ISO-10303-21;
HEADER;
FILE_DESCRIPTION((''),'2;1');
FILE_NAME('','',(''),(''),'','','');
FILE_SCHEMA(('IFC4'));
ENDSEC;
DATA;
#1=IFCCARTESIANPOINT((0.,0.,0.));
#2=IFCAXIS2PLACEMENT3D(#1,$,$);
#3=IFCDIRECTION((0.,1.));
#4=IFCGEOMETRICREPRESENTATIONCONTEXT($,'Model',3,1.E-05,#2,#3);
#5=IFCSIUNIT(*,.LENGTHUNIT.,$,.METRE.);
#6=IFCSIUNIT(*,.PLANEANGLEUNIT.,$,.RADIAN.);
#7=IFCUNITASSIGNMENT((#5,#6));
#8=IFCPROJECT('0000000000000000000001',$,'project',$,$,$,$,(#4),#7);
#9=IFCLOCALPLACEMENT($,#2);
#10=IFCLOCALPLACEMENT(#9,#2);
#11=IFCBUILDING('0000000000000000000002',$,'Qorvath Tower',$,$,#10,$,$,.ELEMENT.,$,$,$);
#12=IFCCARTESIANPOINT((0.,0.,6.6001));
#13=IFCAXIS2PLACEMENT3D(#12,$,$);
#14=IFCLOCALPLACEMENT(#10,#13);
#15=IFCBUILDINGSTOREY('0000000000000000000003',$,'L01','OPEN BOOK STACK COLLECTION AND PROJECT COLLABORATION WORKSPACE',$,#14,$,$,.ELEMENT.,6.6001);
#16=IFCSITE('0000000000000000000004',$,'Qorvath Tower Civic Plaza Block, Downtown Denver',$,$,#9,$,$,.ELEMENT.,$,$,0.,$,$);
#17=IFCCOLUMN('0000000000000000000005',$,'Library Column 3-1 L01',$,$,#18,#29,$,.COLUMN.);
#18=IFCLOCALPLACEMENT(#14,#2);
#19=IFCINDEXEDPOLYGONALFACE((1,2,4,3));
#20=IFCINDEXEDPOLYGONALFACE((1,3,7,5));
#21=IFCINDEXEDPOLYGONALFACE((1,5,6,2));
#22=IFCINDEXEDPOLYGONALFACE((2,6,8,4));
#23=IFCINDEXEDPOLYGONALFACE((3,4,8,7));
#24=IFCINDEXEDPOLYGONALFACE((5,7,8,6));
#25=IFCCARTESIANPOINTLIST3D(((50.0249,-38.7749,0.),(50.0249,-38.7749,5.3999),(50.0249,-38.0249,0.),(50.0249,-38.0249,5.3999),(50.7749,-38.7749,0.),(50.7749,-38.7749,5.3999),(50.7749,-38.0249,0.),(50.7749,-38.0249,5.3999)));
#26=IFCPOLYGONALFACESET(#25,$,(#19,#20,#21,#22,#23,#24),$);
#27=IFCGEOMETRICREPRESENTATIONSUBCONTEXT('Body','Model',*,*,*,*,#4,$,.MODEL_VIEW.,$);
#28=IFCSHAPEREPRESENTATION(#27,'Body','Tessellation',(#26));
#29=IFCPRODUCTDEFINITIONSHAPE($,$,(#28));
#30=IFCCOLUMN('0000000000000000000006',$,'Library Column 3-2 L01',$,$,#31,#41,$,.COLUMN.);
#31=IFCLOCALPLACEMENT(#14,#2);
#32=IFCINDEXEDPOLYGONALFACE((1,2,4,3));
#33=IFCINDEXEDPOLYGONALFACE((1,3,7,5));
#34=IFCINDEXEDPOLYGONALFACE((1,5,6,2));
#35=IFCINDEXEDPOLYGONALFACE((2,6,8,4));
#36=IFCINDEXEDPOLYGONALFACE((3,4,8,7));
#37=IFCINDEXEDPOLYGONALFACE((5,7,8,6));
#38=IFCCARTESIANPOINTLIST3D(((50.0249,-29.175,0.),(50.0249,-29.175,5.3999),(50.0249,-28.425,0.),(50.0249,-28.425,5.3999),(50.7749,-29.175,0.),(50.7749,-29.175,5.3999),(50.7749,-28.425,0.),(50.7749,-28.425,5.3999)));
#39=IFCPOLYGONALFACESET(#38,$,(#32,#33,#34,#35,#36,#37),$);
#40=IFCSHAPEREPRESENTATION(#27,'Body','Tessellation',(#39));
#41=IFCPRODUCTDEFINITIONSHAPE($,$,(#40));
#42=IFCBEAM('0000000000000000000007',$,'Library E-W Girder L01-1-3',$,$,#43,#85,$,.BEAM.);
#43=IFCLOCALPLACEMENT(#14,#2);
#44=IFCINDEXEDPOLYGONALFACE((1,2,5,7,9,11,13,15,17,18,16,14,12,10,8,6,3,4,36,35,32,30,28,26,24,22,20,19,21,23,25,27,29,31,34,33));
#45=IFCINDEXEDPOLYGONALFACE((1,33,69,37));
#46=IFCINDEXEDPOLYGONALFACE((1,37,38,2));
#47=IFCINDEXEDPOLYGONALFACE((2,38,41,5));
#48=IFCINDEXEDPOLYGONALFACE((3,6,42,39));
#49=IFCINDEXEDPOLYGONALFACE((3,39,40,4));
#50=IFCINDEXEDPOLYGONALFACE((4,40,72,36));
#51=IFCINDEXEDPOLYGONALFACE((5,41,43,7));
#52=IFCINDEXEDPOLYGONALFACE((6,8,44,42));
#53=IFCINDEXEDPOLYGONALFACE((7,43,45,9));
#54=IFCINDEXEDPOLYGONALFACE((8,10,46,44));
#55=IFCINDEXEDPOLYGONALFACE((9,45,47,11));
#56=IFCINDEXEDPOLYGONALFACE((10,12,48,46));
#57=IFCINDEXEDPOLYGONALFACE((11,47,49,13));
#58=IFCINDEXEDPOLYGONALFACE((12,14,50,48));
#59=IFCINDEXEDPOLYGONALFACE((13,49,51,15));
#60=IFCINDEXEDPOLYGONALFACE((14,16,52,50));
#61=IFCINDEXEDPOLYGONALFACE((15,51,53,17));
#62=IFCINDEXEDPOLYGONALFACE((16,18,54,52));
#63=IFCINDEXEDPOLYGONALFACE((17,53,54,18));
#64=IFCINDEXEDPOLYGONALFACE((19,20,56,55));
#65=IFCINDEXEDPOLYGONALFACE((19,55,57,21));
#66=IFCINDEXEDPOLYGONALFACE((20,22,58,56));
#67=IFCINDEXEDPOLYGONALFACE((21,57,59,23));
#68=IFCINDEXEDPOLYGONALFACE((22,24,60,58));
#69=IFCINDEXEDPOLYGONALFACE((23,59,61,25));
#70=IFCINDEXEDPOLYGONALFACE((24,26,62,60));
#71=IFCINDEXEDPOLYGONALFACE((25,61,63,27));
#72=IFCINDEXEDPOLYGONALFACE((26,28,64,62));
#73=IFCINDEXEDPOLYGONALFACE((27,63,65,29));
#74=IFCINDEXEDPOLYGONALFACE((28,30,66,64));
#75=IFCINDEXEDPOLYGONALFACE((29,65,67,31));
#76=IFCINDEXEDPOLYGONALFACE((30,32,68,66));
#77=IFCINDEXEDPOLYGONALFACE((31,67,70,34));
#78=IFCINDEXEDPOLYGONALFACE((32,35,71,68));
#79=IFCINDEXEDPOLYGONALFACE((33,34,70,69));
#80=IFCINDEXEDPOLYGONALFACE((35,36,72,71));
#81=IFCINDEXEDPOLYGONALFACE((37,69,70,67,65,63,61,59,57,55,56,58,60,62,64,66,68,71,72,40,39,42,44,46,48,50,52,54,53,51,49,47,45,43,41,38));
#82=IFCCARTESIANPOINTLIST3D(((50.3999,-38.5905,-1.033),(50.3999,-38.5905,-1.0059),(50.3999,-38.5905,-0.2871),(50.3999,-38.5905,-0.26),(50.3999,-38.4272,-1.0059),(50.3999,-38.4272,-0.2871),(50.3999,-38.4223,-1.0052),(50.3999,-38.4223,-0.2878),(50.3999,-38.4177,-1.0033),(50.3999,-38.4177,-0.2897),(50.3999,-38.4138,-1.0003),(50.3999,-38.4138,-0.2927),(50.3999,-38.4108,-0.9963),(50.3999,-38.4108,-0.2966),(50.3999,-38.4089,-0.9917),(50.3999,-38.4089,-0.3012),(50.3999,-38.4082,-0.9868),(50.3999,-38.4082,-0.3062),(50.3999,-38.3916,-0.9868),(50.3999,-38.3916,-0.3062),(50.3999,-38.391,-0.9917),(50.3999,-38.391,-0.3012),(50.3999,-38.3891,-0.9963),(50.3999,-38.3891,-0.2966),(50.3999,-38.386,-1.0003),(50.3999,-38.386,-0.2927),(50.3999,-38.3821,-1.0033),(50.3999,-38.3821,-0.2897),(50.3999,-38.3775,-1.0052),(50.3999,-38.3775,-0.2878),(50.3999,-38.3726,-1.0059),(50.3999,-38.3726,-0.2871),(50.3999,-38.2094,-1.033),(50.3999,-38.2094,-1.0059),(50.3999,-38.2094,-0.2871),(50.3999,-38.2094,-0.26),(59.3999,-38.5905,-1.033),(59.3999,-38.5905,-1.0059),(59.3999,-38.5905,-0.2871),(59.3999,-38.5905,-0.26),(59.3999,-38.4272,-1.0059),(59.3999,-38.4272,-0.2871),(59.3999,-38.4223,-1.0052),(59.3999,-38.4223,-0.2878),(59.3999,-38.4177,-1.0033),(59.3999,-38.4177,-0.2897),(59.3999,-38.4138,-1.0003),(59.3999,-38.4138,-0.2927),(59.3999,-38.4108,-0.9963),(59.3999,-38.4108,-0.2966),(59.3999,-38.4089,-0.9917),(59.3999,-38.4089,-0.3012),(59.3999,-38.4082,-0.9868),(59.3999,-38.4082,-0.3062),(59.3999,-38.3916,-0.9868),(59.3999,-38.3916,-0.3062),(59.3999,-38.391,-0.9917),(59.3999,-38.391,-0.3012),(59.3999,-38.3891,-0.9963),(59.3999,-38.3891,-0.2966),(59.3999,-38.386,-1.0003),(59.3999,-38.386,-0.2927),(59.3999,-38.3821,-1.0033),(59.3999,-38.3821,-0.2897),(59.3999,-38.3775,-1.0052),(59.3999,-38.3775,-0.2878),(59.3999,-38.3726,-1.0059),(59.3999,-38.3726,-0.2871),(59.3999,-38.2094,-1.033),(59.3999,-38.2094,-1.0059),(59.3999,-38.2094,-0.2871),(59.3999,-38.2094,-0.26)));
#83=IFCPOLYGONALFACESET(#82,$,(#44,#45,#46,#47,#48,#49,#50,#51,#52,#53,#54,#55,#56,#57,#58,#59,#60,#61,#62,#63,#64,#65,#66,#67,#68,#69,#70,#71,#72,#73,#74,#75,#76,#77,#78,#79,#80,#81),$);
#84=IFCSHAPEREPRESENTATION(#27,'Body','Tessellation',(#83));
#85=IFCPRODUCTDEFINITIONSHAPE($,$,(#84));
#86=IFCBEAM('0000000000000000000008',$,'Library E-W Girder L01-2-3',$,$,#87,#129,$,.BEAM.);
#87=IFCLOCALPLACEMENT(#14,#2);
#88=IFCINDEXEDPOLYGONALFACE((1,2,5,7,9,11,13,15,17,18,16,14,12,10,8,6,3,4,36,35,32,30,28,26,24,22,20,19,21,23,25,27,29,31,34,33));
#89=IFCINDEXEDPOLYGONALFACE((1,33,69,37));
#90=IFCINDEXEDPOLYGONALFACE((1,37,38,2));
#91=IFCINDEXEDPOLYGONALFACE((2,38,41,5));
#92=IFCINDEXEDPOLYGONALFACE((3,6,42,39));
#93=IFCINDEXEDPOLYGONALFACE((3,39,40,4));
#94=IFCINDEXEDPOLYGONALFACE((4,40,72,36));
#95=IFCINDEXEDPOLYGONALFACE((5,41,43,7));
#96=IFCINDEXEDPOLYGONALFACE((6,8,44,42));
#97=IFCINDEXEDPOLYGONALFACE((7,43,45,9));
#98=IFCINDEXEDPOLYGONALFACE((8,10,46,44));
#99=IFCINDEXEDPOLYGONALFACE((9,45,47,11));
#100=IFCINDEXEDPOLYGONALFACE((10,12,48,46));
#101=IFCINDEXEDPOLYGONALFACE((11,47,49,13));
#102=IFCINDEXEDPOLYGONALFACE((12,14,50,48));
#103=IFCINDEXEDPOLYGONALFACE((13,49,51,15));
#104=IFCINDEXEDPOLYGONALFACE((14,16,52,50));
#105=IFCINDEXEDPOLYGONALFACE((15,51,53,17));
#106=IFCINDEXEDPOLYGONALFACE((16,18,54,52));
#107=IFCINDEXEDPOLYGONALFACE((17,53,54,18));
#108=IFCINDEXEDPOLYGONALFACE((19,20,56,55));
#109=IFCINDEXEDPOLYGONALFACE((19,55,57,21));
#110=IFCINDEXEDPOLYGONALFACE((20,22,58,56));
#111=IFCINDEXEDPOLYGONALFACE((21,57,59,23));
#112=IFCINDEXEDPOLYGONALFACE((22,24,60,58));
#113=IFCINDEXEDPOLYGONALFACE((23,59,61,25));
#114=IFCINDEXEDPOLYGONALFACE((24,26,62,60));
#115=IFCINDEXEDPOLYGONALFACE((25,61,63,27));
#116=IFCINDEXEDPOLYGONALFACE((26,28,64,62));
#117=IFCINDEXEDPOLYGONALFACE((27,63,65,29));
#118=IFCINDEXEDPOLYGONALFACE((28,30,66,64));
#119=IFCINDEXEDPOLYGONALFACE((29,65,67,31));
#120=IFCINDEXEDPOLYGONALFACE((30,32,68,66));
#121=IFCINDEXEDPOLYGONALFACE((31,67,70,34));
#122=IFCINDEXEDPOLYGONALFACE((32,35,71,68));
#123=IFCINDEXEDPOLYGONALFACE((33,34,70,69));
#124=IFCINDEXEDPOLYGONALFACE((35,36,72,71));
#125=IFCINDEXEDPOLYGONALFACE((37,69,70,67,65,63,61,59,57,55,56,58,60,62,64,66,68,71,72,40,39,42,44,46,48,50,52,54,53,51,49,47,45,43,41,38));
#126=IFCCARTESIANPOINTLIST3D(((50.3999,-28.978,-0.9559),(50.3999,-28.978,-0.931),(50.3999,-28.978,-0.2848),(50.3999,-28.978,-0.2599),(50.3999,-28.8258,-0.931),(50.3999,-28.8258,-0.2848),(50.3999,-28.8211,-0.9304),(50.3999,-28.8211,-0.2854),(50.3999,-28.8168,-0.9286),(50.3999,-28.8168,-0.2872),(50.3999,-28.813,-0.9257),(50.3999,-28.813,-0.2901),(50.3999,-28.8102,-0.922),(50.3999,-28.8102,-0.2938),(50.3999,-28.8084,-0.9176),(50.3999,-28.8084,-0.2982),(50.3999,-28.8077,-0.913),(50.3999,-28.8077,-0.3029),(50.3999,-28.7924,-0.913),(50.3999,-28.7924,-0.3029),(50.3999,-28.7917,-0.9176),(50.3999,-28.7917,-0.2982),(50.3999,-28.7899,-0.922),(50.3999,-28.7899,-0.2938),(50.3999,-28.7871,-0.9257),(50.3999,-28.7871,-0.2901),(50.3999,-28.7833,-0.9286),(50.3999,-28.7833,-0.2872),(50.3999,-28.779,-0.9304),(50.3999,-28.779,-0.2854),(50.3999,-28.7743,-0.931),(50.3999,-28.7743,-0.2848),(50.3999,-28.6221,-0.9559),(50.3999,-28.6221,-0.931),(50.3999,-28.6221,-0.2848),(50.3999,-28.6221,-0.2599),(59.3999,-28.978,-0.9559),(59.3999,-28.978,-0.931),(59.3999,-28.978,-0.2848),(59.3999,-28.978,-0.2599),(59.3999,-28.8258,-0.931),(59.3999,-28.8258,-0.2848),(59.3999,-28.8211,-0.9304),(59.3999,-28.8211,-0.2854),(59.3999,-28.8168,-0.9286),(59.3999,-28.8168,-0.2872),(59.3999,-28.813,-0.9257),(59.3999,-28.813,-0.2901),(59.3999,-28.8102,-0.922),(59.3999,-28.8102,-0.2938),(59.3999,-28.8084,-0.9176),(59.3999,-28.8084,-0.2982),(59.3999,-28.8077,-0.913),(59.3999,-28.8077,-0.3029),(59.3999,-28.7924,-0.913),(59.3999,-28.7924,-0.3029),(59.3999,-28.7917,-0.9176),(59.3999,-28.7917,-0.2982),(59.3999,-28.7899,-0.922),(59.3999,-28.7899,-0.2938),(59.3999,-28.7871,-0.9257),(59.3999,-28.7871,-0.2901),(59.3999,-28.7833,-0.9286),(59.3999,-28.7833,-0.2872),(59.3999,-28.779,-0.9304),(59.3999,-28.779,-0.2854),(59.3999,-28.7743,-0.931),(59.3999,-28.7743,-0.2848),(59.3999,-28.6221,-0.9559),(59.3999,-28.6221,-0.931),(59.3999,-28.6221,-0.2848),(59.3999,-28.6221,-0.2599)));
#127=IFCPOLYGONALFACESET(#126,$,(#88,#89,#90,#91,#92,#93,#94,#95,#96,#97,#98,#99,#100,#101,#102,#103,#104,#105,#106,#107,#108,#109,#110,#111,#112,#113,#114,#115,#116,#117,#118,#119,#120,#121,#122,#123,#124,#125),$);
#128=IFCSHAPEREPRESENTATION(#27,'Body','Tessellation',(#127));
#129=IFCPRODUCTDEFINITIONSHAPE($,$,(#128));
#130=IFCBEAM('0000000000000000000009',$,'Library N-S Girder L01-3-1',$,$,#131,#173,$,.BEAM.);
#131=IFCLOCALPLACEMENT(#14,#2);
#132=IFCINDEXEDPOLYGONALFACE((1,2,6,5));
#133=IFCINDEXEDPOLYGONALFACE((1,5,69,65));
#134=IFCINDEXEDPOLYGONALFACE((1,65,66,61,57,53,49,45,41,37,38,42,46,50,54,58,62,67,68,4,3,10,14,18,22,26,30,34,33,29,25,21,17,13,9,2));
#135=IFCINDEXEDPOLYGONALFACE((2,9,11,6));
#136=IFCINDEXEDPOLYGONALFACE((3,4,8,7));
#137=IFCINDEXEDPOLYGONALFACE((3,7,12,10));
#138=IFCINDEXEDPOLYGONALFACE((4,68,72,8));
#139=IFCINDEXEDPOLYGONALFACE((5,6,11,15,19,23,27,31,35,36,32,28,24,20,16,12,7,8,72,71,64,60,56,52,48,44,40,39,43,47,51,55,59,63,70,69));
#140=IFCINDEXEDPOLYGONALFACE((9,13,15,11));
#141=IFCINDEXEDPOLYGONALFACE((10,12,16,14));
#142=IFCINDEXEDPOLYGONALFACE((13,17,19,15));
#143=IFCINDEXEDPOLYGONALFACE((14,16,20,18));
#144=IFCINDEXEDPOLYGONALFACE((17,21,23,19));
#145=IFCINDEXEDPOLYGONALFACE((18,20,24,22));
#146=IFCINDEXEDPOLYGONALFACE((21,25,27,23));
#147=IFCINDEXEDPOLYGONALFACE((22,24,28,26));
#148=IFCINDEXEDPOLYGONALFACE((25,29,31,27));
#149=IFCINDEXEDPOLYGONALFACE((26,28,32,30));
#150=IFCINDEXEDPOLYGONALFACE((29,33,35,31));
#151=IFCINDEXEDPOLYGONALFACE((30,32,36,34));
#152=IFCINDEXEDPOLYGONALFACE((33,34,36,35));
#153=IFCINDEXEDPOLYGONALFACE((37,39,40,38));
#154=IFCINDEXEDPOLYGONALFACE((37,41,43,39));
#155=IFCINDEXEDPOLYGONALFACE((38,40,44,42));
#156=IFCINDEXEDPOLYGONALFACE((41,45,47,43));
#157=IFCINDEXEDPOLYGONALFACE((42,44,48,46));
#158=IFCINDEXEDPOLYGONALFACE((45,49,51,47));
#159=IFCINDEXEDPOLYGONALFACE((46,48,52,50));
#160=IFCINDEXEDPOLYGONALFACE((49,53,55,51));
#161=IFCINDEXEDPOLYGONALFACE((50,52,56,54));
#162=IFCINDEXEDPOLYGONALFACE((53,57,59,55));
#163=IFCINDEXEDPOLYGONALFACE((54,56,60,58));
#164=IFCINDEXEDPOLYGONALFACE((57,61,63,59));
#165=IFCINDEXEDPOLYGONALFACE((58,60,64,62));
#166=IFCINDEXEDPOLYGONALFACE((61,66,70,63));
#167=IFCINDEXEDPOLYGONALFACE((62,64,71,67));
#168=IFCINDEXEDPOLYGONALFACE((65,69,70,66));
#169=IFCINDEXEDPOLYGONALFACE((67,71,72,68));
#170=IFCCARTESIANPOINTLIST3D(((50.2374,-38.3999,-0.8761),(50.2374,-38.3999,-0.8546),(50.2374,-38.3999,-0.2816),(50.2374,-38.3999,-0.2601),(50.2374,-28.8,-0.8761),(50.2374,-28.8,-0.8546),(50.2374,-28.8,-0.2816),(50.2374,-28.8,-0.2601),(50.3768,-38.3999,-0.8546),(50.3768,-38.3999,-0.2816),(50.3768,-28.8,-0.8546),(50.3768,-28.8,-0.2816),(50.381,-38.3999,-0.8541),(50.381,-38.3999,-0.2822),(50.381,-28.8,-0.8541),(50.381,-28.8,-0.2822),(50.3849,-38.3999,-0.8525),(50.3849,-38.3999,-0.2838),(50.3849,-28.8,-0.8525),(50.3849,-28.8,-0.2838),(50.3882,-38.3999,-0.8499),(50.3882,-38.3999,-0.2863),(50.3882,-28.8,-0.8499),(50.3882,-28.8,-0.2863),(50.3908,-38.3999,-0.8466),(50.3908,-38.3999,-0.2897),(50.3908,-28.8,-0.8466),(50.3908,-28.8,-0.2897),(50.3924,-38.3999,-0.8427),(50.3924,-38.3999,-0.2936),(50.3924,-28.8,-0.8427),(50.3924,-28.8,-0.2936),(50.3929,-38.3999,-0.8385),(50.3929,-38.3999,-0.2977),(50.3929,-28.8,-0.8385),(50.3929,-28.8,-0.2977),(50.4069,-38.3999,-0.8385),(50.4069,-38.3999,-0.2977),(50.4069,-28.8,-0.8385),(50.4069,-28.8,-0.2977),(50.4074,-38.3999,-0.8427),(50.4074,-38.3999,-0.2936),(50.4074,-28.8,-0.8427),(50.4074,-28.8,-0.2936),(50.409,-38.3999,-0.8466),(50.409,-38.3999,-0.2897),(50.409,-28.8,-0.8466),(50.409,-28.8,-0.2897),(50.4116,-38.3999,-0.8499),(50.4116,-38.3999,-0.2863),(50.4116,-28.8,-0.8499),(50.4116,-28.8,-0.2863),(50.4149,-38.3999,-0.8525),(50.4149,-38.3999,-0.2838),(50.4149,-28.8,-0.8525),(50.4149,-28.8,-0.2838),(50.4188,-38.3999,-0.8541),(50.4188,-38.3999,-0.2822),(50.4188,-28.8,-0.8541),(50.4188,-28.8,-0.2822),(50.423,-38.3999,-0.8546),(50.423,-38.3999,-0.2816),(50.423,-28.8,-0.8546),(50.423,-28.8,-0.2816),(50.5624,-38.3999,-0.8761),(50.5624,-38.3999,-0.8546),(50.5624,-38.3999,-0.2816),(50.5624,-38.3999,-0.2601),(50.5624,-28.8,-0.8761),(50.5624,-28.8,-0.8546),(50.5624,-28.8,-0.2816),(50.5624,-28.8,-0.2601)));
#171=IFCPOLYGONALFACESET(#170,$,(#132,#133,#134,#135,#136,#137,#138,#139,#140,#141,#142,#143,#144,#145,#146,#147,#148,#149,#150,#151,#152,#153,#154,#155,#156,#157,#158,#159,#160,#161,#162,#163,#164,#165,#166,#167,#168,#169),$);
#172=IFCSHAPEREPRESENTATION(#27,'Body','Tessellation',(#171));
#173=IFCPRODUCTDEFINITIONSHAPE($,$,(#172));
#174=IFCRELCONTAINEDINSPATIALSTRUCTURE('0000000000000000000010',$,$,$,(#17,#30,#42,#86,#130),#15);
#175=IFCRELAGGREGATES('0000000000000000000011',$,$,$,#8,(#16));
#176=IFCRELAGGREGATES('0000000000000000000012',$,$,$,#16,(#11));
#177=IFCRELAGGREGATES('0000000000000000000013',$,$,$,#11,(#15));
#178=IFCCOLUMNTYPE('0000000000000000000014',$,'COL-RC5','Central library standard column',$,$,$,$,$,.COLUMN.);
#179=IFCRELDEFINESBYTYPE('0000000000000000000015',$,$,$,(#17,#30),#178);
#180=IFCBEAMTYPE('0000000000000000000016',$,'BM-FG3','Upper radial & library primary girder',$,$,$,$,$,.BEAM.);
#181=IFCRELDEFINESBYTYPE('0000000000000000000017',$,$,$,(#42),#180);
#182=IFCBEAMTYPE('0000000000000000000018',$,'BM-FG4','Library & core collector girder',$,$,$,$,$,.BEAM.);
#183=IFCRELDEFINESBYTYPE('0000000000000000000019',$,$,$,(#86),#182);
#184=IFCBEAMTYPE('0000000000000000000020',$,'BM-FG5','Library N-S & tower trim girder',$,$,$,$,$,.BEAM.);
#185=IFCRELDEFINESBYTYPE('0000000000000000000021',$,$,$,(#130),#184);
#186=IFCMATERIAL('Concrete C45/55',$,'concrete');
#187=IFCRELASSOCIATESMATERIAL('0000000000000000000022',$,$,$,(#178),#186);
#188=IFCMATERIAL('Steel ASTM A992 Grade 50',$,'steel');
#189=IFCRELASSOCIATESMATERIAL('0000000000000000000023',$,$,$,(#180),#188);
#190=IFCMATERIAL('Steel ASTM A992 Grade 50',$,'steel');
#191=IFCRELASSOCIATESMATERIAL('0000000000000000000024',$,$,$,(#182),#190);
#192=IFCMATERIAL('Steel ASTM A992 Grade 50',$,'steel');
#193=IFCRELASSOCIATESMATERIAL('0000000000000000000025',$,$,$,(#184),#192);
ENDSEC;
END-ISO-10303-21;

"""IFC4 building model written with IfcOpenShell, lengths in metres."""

from ifc_helpers import new_model, si_unit, direction, frame, origin, origin_2d, place, context, subcontext, project, spatial, rectangle, i_section, extrude, material, material_profile, profile_set, type_object, element, save


model = new_model("IFC4")

# Units and contexts
model_context = context("Model", 3, precision=1e-05, world=origin(), true_north=direction((0.0, 1.0)))
body_context = subcontext(model_context, "Body", "Model", "MODEL_VIEW")
ifc_project = project(units=[si_unit("LENGTHUNIT", "METRE"), si_unit("PLANEANGLEUNIT", "RADIAN")], contexts=[model_context])

# Site, building, storey
site_placement = place(None, origin())
site = spatial("IfcSite", under=ifc_project, at=site_placement, Name="Qorvath Tower Civic Plaza Block, Downtown Denver", CompositionType="ELEMENT", RefElevation=0.0)
building_placement = place(site_placement, origin())
building = spatial("IfcBuilding", under=site, at=building_placement, Name="Qorvath Tower", CompositionType="ELEMENT")
storey_placement = place(building_placement, frame((0.0, 0.0, 6.6001)))
storey = spatial("IfcBuildingStorey", under=building, at=storey_placement, Name="L01", Description="OPEN BOOK STACK COLLECTION AND PROJECT COLLABORATION WORKSPACE", CompositionType="ELEMENT", Elevation=6.6001)

# Columns
ifc_material_1 = material(Name="Concrete C45/55", Category="concrete")
ifc_material_profile_1 = material_profile(ifc_material_1, rectangle(XDim=0.75, YDim=0.75, at=origin_2d()), Name="RC 750x750")
ifc_profile_set_1 = profile_set([ifc_material_profile_1], Name="Concrete C45/55")
column_type = type_object("IfcColumnType", Name="COL-RC5", Description="Central library standard column", PredefinedType="COLUMN", material=ifc_profile_set_1)
for number, where, z_axis, x_axis, name in (
    (1, (50.3999, -38.3999, 0.0), (0.0, 0.0, 1.0), (1.0, 0.0, 0.0), "Library Column 3-1 L01"),
    (2, (50.3999, -28.8, 0.0), (0.0, 0.0, 1.0), (1.0, 0.0, 0.0), "Library Column 3-2 L01"),
):
    element("IfcColumn", number, at=place(storey_placement, frame(where, z_axis=z_axis, x_axis=x_axis)), inside=storey, type_object=column_type, Name=name, PredefinedType="COLUMN", context=body_context, shape_type="SweptSolid", body=[
        extrude(rectangle(XDim=0.75, YDim=0.75, at=origin_2d()), origin(), (0.0, 0.0, 1.0), 5.3999),
    ])

# Beams
ifc_material_2 = material(Name="Steel ASTM A992 Grade 50", Category="steel")
ifc_material_profile_2 = material_profile(ifc_material_2, i_section(OverallWidth=0.3811, OverallDepth=0.7729, WebThickness=0.0166, FlangeThickness=0.0271, FilletRadius=0.019, at=origin_2d()), Name="W30x173")
ifc_profile_set_2 = profile_set([ifc_material_profile_2], Name="Steel ASTM A992 Grade 50")
beam_type_1 = type_object("IfcBeamType", Name="BM-FG3", Description="Upper radial & library primary girder", PredefinedType="BEAM", material=ifc_profile_set_2)
beam_1_placement = place(storey_placement, frame((50.3999, -38.3999, -0.6465), z_axis=(1.0, 0.0, 0.0), x_axis=(0.0, 1.0, 0.0)))
element("IfcBeam", 3, at=beam_1_placement, inside=storey, type_object=beam_type_1, Name="Library E-W Girder L01-1-3", PredefinedType="BEAM", context=body_context, shape_type="SweptSolid", body=[
    extrude(i_section(OverallWidth=0.3811, OverallDepth=0.7729, WebThickness=0.0166, FlangeThickness=0.0271, FilletRadius=0.019, at=origin_2d()), origin(), (0.0, 0.0, 1.0), 9.0),
])
ifc_material_3 = material(Name="Steel ASTM A992 Grade 50", Category="steel")
ifc_material_profile_3 = material_profile(ifc_material_3, i_section(OverallWidth=0.356, OverallDepth=0.696, WebThickness=0.0154, FlangeThickness=0.0249, FilletRadius=0.0181, at=origin_2d()), Name="W27x146")
ifc_profile_set_3 = profile_set([ifc_material_profile_3], Name="Steel ASTM A992 Grade 50")
beam_type_2 = type_object("IfcBeamType", Name="BM-FG4", Description="Library & core collector girder", PredefinedType="BEAM", material=ifc_profile_set_3)
beam_2_placement = place(storey_placement, frame((50.3999, -28.8, -0.6079), z_axis=(1.0, 0.0, 0.0), x_axis=(0.0, 1.0, 0.0)))
element("IfcBeam", 4, at=beam_2_placement, inside=storey, type_object=beam_type_2, Name="Library E-W Girder L01-2-3", PredefinedType="BEAM", context=body_context, shape_type="SweptSolid", body=[
    extrude(i_section(OverallWidth=0.356, OverallDepth=0.696, WebThickness=0.0154, FlangeThickness=0.0249, FilletRadius=0.0181, at=origin_2d()), origin(), (0.0, 0.0, 1.0), 9.0),
])
ifc_material_4 = material(Name="Steel ASTM A992 Grade 50", Category="steel")
ifc_material_profile_4 = material_profile(ifc_material_4, i_section(OverallWidth=0.325, OverallDepth=0.616, WebThickness=0.0139, FlangeThickness=0.0215, FilletRadius=0.0161, at=origin_2d()), Name="W24x117")
ifc_profile_set_4 = profile_set([ifc_material_profile_4], Name="Steel ASTM A992 Grade 50")
beam_type_3 = type_object("IfcBeamType", Name="BM-FG5", Description="Library N-S & tower trim girder", PredefinedType="BEAM", material=ifc_profile_set_4)
beam_3_placement = place(storey_placement, frame((50.3999, -38.3999, -0.5681), z_axis=(0.0, 1.0, 0.0), x_axis=(-1.0, 0.0, 0.0)))
element("IfcBeam", 5, at=beam_3_placement, inside=storey, type_object=beam_type_3, Name="Library N-S Girder L01-3-1", PredefinedType="BEAM", context=body_context, shape_type="SweptSolid", body=[
    extrude(i_section(OverallWidth=0.325, OverallDepth=0.616, WebThickness=0.0139, FlangeThickness=0.0215, FilletRadius=0.0161, at=origin_2d()), origin(), (0.0, 0.0, 1.0), 9.5999),
])

save(model, "model.ifc")
